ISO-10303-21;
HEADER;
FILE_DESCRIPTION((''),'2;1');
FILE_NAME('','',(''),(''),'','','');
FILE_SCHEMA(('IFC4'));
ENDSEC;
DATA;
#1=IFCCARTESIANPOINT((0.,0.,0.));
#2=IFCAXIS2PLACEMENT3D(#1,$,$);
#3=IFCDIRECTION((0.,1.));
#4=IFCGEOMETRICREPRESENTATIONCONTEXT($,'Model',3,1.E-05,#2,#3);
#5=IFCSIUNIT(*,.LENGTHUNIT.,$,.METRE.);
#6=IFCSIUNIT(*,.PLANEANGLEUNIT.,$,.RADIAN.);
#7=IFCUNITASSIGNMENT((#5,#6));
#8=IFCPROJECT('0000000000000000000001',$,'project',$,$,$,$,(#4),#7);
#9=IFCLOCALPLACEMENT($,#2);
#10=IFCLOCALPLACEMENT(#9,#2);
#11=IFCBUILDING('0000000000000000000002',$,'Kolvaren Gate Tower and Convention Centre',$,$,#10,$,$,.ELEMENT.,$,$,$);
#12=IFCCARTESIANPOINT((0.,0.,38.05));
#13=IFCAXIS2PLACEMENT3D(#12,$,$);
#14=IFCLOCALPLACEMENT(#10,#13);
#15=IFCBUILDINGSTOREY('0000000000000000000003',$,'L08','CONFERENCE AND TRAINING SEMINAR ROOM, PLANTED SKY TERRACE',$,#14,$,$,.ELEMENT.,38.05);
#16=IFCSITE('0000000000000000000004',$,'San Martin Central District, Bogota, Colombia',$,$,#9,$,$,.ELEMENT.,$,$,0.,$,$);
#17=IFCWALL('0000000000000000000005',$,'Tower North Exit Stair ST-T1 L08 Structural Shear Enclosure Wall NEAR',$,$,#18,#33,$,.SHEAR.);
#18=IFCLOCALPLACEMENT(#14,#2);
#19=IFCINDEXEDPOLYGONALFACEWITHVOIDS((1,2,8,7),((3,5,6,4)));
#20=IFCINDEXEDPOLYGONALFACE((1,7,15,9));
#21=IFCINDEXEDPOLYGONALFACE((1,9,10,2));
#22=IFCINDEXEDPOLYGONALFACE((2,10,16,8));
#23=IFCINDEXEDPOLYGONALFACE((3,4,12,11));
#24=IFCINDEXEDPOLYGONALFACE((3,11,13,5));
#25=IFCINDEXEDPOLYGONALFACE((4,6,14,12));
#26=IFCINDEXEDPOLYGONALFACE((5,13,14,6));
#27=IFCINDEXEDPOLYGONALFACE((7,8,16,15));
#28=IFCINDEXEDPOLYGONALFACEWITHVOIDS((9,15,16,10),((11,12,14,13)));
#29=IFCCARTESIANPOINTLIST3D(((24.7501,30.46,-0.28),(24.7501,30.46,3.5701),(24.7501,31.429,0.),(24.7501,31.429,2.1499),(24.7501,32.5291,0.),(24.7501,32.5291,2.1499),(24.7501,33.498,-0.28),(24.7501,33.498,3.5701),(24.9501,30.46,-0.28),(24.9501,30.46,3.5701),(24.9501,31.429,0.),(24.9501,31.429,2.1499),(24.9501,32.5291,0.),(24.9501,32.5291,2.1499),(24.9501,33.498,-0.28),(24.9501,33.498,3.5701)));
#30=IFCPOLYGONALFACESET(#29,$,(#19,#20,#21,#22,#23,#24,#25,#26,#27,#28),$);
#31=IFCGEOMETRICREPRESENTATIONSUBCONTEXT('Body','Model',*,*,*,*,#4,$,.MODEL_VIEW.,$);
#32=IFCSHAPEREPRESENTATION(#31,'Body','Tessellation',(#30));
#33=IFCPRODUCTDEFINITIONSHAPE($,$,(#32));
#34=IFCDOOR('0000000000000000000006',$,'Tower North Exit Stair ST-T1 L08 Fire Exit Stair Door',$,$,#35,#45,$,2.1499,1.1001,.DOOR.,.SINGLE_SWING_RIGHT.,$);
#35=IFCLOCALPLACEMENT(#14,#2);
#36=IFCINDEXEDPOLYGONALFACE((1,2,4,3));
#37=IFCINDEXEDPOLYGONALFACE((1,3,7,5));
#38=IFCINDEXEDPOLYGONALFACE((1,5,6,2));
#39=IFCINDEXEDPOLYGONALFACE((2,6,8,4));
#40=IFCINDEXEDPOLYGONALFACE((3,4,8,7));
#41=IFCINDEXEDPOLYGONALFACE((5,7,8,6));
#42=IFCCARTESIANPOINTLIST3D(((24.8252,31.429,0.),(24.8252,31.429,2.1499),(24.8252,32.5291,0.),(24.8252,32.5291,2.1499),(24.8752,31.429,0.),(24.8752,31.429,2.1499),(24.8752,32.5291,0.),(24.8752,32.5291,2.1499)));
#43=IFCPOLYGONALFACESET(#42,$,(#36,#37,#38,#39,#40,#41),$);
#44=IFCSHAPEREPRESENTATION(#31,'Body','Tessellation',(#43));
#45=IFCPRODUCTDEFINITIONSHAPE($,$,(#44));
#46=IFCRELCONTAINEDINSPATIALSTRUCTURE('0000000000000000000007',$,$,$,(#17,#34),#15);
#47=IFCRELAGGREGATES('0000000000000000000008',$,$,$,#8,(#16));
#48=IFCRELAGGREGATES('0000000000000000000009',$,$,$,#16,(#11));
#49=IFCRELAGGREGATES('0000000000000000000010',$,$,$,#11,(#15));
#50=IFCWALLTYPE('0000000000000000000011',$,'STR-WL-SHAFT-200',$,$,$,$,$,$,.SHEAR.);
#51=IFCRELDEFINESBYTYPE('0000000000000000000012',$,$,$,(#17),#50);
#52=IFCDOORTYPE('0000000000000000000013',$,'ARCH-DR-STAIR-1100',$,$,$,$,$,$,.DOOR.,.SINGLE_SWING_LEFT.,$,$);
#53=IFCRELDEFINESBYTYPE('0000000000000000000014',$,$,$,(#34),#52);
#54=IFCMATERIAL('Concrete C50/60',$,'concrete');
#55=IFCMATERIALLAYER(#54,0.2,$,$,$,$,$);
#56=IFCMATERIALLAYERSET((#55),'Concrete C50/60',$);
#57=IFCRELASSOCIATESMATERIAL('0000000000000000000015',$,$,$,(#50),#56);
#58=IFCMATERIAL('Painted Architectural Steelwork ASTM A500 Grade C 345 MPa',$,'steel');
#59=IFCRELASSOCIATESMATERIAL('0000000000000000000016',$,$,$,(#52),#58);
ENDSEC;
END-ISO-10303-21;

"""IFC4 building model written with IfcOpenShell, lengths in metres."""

from ifc_helpers import new_model, si_unit, direction, frame, frame_2d, origin, place, context, subcontext, project, spatial, rectangle, extrude, material, layer, layer_set, type_object, element, fill, save


model = new_model("IFC4")

# Units and contexts
model_context = context("Model", 3, precision=1e-05, world=origin(), true_north=direction((0.0, 1.0)))
body_context = subcontext(model_context, "Body", "Model", "MODEL_VIEW")
ifc_project = project(units=[si_unit("LENGTHUNIT", "METRE"), si_unit("PLANEANGLEUNIT", "RADIAN")], contexts=[model_context])

# Site, building, storey
site_placement = place(None, origin())
site = spatial("IfcSite", under=ifc_project, at=site_placement, Name="San Martin Central District, Bogota, Colombia", CompositionType="ELEMENT", RefElevation=0.0)
building_placement = place(site_placement, origin())
building = spatial("IfcBuilding", under=site, at=building_placement, Name="Kolvaren Gate Tower and Convention Centre", CompositionType="ELEMENT")
storey_placement = place(building_placement, frame((0.0, 0.0, 38.05)))
storey = spatial("IfcBuildingStorey", under=building, at=storey_placement, Name="L08", Description="CONFERENCE AND TRAINING SEMINAR ROOM, PLANTED SKY TERRACE", CompositionType="ELEMENT", Elevation=38.05)

# Wall, opening, door
ifc_material_1 = material(Name="Concrete C50/60", Category="concrete")
ifc_layer_1 = layer(ifc_material_1, 0.2)
ifc_layer_set_1 = layer_set([ifc_layer_1], Name="Concrete C50/60")
wall_type_1 = type_object("IfcWallType", Name="STR-WL-SHAFT-200", PredefinedType="SHEAR", material=ifc_layer_set_1)
wall_1_placement = place(storey_placement, frame((24.8501, 30.46, -0.28), z_axis=(0.0, 0.0, 1.0), x_axis=(0.0, 1.0, 0.0)))
wall_1 = element("IfcWall", 1, at=wall_1_placement, inside=storey, type_object=wall_type_1, Name="Tower North Exit Stair ST-T1 L08 Structural Shear Enclosure Wall NEAR", PredefinedType="SHEAR", context=body_context, shape_type="SweptSolid", body=[
    extrude(rectangle(XDim=3.0381, YDim=0.2, at=frame_2d((1.519, 0.0))), origin(), (0.0, 0.0, 1.0), 3.8501),
])
opening_1_placement = place(wall_1_placement, frame((0.969, 0.0, 0.28)))
opening_1 = element("IfcOpeningElement", 2, at=opening_1_placement, cuts=wall_1, PredefinedType="OPENING", context=body_context, shape_type="SweptSolid", body=[
    extrude(rectangle(XDim=1.1001, YDim=2.1499, at=frame_2d((0.55, 1.075))), frame((0.0, 0.1099, 0.0), z_axis=(0.0, -1.0, 0.0), x_axis=(1.0, 0.0, 0.0)), (0.0, 0.0, 1.0), 0.22),
])
ifc_material_2 = material(Name="Painted Architectural Steelwork ASTM A500 Grade C 345 MPa", Category="steel")
door_type_1 = type_object("IfcDoorType", Name="ARCH-DR-STAIR-1100", OperationType="SINGLE_SWING_LEFT", PredefinedType="DOOR", material=ifc_material_2)
door_1_placement = place(opening_1_placement, origin())
door_1 = element("IfcDoor", 3, at=door_1_placement, inside=storey, type_object=door_type_1, Name="Tower North Exit Stair ST-T1 L08 Fire Exit Stair Door", OperationType="SINGLE_SWING_RIGHT", OverallHeight=2.1499, OverallWidth=1.1001, PredefinedType="DOOR", context=body_context, shape_type="SweptSolid", body=[
    extrude(rectangle(XDim=1.1001, YDim=2.1499, at=frame_2d((0.55, 1.075))), frame((0.0, 0.0249, 0.0), z_axis=(0.0, -1.0, 0.0), x_axis=(1.0, 0.0, 0.0)), (0.0, 0.0, 1.0), 0.05),
])
fill(opening_1, door_1)

save(model, "model.ifc")
